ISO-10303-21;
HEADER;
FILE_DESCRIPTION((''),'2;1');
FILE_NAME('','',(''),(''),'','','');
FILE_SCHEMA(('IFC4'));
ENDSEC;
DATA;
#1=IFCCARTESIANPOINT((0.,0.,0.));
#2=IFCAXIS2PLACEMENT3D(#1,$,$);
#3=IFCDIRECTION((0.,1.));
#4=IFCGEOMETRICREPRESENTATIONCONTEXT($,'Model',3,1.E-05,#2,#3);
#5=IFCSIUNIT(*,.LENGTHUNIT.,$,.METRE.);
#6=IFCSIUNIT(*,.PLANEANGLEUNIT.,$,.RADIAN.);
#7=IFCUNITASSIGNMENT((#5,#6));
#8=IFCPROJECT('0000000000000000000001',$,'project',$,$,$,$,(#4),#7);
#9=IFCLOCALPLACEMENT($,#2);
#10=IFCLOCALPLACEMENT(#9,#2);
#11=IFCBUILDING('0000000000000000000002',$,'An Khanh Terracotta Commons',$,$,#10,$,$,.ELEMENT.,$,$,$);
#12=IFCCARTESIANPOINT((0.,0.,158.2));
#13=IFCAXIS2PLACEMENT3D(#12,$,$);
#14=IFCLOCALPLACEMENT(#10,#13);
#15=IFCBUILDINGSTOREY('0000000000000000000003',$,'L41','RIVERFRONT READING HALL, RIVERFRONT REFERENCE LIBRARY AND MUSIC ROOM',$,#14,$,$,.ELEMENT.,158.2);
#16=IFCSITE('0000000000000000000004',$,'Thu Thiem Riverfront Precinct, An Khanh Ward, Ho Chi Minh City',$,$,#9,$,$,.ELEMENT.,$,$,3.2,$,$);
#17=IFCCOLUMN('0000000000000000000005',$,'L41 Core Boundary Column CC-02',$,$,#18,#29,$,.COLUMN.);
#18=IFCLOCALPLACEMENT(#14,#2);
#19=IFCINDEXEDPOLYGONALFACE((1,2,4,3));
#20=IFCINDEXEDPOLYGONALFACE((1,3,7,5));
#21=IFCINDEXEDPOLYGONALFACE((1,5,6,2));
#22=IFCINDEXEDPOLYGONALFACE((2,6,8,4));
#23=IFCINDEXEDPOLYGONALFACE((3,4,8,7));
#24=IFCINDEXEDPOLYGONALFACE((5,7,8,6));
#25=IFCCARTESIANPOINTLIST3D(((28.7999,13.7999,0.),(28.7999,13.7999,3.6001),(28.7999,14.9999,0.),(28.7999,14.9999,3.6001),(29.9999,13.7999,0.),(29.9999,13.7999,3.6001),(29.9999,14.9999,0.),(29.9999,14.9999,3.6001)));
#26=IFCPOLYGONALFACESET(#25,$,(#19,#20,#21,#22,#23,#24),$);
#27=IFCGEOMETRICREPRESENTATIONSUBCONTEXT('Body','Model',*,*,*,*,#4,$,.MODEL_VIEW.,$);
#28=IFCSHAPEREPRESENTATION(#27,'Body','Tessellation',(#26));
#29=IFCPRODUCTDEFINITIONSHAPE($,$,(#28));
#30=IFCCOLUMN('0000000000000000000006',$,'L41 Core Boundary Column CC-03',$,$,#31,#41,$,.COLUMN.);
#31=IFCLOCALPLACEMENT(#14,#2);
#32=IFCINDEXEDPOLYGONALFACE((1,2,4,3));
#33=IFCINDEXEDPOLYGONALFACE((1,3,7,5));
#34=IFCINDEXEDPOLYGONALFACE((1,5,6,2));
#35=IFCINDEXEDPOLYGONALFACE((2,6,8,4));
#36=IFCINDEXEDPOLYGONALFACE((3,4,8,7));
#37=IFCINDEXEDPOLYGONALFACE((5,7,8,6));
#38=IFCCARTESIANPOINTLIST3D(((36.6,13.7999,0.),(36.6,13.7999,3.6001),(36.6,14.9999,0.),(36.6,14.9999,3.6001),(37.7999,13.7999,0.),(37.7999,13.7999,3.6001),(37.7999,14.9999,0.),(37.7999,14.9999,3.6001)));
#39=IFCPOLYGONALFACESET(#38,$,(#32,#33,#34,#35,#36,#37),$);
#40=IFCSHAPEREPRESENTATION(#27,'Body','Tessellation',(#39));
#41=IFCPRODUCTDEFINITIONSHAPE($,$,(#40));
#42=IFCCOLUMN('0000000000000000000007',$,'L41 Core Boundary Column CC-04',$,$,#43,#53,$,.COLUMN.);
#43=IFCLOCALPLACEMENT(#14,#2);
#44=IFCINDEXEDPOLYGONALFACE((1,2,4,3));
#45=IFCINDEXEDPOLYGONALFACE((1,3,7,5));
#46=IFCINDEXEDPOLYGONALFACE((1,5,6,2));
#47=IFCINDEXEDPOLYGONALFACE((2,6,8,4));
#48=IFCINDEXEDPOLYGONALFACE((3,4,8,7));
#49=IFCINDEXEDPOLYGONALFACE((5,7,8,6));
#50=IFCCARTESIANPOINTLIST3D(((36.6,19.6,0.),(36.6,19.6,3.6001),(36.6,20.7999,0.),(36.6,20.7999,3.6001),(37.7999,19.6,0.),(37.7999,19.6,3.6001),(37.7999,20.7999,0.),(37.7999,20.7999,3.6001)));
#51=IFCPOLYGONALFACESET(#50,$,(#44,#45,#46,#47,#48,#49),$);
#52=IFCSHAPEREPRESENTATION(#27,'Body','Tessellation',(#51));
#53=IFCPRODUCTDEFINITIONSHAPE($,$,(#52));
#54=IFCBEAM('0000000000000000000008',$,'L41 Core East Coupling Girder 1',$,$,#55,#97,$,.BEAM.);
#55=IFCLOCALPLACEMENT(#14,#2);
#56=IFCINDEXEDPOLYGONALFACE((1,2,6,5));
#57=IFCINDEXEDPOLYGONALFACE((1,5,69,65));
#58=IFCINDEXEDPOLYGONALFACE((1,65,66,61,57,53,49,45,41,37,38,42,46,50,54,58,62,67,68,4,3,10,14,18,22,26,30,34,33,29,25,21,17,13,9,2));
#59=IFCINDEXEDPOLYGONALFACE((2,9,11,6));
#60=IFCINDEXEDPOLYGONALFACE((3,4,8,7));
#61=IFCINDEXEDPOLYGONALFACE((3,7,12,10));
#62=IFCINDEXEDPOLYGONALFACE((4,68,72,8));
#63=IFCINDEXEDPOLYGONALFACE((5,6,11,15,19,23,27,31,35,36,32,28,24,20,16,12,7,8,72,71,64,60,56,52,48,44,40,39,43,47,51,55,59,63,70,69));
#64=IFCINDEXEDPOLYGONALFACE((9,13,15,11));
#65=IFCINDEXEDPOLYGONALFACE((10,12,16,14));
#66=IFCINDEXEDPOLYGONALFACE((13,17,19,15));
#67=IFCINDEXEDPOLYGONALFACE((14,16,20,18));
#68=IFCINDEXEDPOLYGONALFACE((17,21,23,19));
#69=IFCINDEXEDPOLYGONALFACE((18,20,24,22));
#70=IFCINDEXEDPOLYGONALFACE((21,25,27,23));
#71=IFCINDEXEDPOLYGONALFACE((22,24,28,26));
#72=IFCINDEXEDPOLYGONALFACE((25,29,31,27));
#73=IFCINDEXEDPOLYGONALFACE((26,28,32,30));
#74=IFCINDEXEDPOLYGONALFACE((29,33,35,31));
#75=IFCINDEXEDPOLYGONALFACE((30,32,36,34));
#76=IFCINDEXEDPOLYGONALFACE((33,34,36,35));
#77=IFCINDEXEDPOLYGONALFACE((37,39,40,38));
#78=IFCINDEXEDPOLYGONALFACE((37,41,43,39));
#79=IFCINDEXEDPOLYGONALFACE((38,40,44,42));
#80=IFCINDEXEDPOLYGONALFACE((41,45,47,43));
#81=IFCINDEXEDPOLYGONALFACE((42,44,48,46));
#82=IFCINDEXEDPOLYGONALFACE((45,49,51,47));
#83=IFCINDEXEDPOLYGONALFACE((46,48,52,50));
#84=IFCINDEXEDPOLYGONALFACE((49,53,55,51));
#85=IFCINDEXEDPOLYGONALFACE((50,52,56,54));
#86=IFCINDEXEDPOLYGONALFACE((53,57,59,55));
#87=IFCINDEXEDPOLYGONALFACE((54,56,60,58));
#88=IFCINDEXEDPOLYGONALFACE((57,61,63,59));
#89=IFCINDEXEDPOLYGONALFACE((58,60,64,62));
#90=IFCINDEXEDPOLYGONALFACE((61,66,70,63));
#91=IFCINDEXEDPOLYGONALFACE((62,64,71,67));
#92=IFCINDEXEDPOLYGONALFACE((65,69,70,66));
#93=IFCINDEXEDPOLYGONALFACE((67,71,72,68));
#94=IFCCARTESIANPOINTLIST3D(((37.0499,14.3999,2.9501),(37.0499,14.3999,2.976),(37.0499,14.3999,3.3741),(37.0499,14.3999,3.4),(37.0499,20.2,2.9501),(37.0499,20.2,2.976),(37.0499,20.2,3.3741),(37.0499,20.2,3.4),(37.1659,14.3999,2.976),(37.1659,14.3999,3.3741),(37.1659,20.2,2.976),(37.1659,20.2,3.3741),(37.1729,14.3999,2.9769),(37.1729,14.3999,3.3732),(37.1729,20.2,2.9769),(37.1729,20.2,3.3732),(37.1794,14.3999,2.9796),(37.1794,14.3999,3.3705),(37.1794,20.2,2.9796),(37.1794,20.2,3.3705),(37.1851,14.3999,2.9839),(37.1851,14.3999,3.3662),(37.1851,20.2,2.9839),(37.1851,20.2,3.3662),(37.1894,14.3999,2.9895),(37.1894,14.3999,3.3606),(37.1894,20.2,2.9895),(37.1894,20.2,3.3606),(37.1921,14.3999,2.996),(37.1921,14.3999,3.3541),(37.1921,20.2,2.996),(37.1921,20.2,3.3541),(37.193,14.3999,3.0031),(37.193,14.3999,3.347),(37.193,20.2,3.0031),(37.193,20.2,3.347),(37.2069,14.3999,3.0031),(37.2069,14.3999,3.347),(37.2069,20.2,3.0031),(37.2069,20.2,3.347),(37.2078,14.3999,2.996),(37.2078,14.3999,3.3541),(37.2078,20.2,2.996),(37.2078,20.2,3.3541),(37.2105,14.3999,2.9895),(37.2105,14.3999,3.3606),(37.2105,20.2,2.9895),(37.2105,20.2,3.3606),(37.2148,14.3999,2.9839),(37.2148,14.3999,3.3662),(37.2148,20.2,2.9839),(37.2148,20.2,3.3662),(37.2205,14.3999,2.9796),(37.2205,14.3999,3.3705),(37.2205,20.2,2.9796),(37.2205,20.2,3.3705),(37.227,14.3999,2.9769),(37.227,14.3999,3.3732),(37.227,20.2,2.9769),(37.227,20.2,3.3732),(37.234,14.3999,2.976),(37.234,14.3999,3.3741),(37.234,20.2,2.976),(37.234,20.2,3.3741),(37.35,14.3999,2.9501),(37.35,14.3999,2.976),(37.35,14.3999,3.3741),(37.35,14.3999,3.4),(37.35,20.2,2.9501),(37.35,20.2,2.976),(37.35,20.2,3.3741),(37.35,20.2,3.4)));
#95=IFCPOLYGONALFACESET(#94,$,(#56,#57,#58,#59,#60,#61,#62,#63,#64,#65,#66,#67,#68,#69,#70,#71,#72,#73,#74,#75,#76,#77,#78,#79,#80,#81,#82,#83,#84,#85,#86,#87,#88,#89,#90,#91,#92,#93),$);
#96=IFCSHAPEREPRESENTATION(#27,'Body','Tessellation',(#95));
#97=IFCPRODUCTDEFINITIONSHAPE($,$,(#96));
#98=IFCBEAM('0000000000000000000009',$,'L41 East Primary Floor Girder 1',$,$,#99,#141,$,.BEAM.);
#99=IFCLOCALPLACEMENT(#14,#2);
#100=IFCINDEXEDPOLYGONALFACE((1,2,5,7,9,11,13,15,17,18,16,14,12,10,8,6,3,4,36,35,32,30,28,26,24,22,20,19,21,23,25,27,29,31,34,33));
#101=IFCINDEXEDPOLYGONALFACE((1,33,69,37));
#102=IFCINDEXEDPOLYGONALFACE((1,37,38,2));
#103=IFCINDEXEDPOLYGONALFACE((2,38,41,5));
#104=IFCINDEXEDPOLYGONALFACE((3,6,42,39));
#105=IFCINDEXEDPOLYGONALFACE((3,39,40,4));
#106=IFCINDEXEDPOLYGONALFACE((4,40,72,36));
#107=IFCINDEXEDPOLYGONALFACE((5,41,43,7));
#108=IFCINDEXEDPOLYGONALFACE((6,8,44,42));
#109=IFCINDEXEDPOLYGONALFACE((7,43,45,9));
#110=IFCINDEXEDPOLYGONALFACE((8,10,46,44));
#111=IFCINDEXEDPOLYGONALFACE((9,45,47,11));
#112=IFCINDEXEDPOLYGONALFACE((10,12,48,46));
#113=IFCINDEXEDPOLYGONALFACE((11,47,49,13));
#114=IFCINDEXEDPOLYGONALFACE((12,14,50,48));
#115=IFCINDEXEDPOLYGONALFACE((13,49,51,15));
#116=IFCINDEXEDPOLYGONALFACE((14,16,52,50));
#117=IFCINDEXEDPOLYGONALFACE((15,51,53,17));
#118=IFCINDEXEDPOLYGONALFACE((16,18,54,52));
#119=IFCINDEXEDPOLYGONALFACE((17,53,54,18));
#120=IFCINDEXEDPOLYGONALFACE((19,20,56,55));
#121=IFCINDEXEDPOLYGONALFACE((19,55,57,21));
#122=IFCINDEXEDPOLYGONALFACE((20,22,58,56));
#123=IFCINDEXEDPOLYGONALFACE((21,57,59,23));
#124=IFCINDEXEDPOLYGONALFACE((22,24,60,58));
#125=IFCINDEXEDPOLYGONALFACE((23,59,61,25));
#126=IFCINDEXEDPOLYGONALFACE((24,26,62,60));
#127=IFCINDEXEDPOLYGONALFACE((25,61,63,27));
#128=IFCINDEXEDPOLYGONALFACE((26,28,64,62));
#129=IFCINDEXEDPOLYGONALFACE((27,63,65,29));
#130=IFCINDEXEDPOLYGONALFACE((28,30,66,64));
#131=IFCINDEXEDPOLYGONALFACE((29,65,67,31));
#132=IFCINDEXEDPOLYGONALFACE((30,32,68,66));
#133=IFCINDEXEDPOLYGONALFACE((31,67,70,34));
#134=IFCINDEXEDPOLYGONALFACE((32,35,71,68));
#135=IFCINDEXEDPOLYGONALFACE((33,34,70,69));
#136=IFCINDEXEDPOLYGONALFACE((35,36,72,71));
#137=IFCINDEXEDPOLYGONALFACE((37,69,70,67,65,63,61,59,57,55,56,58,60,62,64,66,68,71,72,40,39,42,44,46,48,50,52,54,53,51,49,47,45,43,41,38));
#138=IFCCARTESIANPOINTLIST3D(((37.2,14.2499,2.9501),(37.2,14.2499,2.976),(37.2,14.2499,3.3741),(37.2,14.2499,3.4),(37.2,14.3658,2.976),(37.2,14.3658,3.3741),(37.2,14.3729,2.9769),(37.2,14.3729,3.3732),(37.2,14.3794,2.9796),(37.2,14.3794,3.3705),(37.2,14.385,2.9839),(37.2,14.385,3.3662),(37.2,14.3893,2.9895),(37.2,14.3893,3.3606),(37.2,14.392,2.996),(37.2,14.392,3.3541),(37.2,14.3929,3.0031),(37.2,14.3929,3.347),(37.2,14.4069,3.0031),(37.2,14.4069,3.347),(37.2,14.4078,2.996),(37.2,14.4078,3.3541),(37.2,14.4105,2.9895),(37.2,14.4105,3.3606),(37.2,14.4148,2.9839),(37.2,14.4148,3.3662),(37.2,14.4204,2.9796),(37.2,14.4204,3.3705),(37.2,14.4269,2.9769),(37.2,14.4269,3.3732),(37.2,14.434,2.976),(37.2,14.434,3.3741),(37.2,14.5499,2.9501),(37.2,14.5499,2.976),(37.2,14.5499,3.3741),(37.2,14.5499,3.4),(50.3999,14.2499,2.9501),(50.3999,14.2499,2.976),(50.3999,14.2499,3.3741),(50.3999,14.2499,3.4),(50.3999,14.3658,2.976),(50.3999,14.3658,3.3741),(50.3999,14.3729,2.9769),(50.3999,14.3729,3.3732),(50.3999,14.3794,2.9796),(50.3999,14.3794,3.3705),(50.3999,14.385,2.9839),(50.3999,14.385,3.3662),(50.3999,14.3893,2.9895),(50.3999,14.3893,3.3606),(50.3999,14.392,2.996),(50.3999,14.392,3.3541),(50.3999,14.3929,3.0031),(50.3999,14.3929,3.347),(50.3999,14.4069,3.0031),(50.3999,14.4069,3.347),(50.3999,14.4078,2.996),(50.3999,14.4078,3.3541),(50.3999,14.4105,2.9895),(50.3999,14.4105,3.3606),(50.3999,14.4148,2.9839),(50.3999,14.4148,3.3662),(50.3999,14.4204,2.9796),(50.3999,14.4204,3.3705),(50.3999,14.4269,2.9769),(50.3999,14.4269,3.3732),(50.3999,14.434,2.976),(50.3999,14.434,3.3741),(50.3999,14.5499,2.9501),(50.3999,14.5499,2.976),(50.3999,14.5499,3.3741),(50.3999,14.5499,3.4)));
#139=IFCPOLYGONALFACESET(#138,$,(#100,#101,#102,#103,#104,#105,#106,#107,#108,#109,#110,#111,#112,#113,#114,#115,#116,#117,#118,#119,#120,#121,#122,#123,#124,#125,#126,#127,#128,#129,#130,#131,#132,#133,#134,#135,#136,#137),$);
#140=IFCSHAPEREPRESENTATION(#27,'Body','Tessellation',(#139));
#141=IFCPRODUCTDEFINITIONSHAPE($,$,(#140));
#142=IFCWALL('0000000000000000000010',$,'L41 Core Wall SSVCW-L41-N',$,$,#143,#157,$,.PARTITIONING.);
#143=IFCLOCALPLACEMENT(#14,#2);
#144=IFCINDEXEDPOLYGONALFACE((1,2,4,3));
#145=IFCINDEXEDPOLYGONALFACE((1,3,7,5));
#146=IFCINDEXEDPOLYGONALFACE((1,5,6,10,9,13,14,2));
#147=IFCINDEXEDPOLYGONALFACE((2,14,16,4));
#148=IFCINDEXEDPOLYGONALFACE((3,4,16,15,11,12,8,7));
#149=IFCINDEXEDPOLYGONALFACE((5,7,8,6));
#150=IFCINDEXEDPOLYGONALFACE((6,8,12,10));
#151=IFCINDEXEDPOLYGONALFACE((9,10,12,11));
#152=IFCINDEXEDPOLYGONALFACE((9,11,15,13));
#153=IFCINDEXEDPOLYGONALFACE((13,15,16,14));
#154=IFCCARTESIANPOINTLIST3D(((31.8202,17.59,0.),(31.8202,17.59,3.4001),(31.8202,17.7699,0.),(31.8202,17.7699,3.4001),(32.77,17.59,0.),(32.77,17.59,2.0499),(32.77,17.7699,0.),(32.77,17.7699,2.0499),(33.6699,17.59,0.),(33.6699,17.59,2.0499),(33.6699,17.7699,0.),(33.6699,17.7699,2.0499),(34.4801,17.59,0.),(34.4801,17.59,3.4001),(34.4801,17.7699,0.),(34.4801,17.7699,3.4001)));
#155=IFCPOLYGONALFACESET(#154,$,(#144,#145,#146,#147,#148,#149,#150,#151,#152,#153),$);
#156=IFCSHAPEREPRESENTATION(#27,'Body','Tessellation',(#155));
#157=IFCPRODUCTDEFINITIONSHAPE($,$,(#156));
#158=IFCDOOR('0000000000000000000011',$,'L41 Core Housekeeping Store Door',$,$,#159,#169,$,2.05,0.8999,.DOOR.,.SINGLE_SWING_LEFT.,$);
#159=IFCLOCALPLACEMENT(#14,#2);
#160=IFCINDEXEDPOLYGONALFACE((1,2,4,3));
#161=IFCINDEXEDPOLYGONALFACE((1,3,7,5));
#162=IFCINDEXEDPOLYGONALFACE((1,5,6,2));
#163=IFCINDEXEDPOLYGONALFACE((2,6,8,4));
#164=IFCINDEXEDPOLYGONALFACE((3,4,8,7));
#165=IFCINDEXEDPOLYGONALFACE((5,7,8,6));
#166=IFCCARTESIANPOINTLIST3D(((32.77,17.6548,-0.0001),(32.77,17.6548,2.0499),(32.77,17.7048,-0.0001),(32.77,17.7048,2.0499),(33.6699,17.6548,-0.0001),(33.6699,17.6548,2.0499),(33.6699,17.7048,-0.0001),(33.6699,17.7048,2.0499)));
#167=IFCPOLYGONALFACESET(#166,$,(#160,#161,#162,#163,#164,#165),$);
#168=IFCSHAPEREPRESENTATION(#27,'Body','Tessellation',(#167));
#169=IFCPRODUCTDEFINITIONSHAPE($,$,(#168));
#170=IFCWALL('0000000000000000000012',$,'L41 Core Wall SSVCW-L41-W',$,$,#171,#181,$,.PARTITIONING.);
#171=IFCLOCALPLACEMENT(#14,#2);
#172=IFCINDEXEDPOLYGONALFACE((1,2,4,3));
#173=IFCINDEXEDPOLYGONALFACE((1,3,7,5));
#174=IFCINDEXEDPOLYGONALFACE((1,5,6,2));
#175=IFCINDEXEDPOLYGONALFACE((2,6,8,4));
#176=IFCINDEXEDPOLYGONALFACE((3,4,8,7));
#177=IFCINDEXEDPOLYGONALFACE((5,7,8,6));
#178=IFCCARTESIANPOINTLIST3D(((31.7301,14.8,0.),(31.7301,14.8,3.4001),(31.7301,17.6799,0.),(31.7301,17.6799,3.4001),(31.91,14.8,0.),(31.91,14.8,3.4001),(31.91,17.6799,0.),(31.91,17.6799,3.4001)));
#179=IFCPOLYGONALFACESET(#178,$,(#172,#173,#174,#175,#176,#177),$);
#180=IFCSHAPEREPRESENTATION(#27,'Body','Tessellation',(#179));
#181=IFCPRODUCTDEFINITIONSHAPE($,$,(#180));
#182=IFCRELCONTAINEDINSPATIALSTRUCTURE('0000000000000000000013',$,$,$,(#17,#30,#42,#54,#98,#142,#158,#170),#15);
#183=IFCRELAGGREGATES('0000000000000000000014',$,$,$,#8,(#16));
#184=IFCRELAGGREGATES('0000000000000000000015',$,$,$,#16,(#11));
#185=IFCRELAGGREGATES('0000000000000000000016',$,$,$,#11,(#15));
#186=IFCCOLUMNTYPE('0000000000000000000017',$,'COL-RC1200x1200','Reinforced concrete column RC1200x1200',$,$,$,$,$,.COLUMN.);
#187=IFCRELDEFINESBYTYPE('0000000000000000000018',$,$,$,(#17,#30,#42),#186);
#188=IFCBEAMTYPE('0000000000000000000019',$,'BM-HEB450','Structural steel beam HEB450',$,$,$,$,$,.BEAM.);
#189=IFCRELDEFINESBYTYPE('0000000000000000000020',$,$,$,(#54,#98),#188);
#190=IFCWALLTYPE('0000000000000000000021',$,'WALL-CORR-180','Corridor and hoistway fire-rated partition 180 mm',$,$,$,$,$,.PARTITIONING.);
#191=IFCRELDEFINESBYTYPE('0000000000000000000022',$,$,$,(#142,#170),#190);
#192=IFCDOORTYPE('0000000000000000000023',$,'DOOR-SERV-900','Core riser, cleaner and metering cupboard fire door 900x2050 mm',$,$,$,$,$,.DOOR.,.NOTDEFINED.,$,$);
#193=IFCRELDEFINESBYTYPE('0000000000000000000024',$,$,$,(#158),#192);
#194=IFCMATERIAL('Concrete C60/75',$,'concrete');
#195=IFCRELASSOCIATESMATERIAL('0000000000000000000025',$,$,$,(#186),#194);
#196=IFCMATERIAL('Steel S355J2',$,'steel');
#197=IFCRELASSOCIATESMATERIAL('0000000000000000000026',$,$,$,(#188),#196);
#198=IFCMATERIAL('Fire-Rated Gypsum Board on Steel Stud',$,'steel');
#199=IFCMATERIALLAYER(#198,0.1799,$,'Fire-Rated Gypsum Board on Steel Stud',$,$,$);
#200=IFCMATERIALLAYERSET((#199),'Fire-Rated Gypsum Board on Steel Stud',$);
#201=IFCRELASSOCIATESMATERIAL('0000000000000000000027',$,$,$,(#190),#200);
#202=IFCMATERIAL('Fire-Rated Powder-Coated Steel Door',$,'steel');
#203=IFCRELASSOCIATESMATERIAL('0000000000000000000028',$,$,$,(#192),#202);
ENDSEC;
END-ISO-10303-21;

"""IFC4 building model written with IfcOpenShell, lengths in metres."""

from ifc_helpers import new_model, si_unit, direction, frame, frame_2d, origin, origin_2d, place, context, subcontext, project, spatial, rectangle, i_section, extrude, material, layer, layer_set, material_profile, profile_set, type_object, element, fill, save


model = new_model("IFC4")

# Units and contexts
model_context = context("Model", 3, precision=1e-05, world=origin(), true_north=direction((0.0, 1.0)))
body_context = subcontext(model_context, "Body", "Model", "MODEL_VIEW")
ifc_project = project(units=[si_unit("LENGTHUNIT", "METRE"), si_unit("PLANEANGLEUNIT", "RADIAN")], contexts=[model_context])

# Site, building, storey
site_placement = place(None, origin())
site = spatial("IfcSite", under=ifc_project, at=site_placement, Name="Thu Thiem Riverfront Precinct, An Khanh Ward, Ho Chi Minh City", CompositionType="ELEMENT", RefElevation=3.2)
building_placement = place(site_placement, origin())
building = spatial("IfcBuilding", under=site, at=building_placement, Name="An Khanh Terracotta Commons", CompositionType="ELEMENT")
storey_placement = place(building_placement, frame((0.0, 0.0, 158.2)))
storey = spatial("IfcBuildingStorey", under=building, at=storey_placement, Name="L41", Description="RIVERFRONT READING HALL, RIVERFRONT REFERENCE LIBRARY AND MUSIC ROOM", CompositionType="ELEMENT", Elevation=158.2)

# Columns
ifc_material_1 = material(Name="Concrete C60/75", Category="concrete")
ifc_material_profile_1 = material_profile(ifc_material_1, rectangle(XDim=1.2, YDim=1.2, at=origin_2d()), Name="RC1200x1200")
ifc_profile_set_1 = profile_set([ifc_material_profile_1], Name="Concrete C60/75")
column_type = type_object("IfcColumnType", Name="COL-RC1200x1200", Description="Reinforced concrete column RC1200x1200", PredefinedType="COLUMN", material=ifc_profile_set_1)
for number, where, z_axis, x_axis, name in (
    (1, (29.3999, 14.3999, 0.0), (0.0, 0.0, 1.0), (1.0, 0.0, 0.0), "L41 Core Boundary Column CC-02"),
    (2, (37.2, 14.3999, 0.0), (0.0, 0.0, 1.0), (1.0, 0.0, 0.0), "L41 Core Boundary Column CC-03"),
    (3, (37.2, 20.2, 0.0), (0.0, 0.0, 1.0), (1.0, 0.0, 0.0), "L41 Core Boundary Column CC-04"),
):
    element("IfcColumn", number, at=place(storey_placement, frame(where, z_axis=z_axis, x_axis=x_axis)), inside=storey, type_object=column_type, Name=name, PredefinedType="COLUMN", context=body_context, shape_type="SweptSolid", body=[
        extrude(rectangle(XDim=1.2, YDim=1.2, at=origin_2d()), origin(), (0.0, 0.0, 1.0), 3.6001),
    ])

# Beams
ifc_material_2 = material(Name="Steel S355J2", Category="steel")
ifc_material_profile_2 = material_profile(ifc_material_2, i_section(OverallWidth=0.3, OverallDepth=0.45, WebThickness=0.0139, FlangeThickness=0.0259, FilletRadius=0.0271, at=origin_2d()), Name="HEB450")
ifc_profile_set_2 = profile_set([ifc_material_profile_2], Name="Steel S355J2")
beam_type = type_object("IfcBeamType", Name="BM-HEB450", Description="Structural steel beam HEB450", PredefinedType="BEAM", material=ifc_profile_set_2)
beam_1_placement = place(storey_placement, frame((37.2, 14.3999, 3.175), z_axis=(0.0, 1.0, 0.0), x_axis=(-1.0, 0.0, 0.0)))
element("IfcBeam", 4, at=beam_1_placement, inside=storey, type_object=beam_type, Name="L41 Core East Coupling Girder 1", PredefinedType="BEAM", context=body_context, shape_type="SweptSolid", body=[
    extrude(i_section(OverallWidth=0.3, OverallDepth=0.45, WebThickness=0.0139, FlangeThickness=0.0259, FilletRadius=0.0271, at=origin_2d()), origin(), (0.0, 0.0, 1.0), 5.8),
])
beam_2_placement = place(storey_placement, frame((37.2, 14.3999, 3.175), z_axis=(1.0, 0.0, 0.0), x_axis=(0.0, 1.0, 0.0)))
element("IfcBeam", 5, at=beam_2_placement, inside=storey, type_object=beam_type, Name="L41 East Primary Floor Girder 1", PredefinedType="BEAM", context=body_context, shape_type="SweptSolid", body=[
    extrude(i_section(OverallWidth=0.3, OverallDepth=0.45, WebThickness=0.0139, FlangeThickness=0.0259, FilletRadius=0.0271, at=origin_2d()), origin(), (0.0, 0.0, 1.0), 13.2),
])

# Wall, opening, door
ifc_material_3 = material(Name="Fire-Rated Gypsum Board on Steel Stud", Category="steel")
ifc_layer_1 = layer(ifc_material_3, 0.1799, Name="Fire-Rated Gypsum Board on Steel Stud")
ifc_layer_set_1 = layer_set([ifc_layer_1], Name="Fire-Rated Gypsum Board on Steel Stud")
wall_type_1 = type_object("IfcWallType", Name="WALL-CORR-180", Description="Corridor and hoistway fire-rated partition 180 mm", PredefinedType="PARTITIONING", material=ifc_layer_set_1)
wall_1_placement = place(storey_placement, frame((31.8201, 17.6799, 0.0), z_axis=(0.0, 0.0, 1.0), x_axis=(1.0, 0.0, 0.0)))
wall_1 = element("IfcWall", 6, at=wall_1_placement, inside=storey, type_object=wall_type_1, Name="L41 Core Wall SSVCW-L41-N", PredefinedType="PARTITIONING", context=body_context, shape_type="SweptSolid", body=[
    extrude(rectangle(XDim=2.6599, YDim=0.1799, at=frame_2d((1.3301, 0.0))), origin(), (0.0, 0.0, 1.0), 3.4001),
])
opening_1_placement = place(wall_1_placement, frame((0.95, 0.0, 0.0)))
opening_1 = element("IfcOpeningElement", 7, at=opening_1_placement, cuts=wall_1, PredefinedType="OPENING", context=body_context, shape_type="SweptSolid", body=[
    extrude(rectangle(XDim=0.8999, YDim=2.05, at=frame_2d((0.45, 1.0249))), frame((0.0, 0.0999, 0.0), z_axis=(0.0, -1.0, 0.0), x_axis=(1.0, 0.0, 0.0)), (0.0, 0.0, 1.0), 0.2),
])
ifc_material_4 = material(Name="Fire-Rated Powder-Coated Steel Door", Category="steel")
door_type_1 = type_object("IfcDoorType", Name="DOOR-SERV-900", Description="Core riser, cleaner and metering cupboard fire door 900x2050 mm", OperationType="NOTDEFINED", PredefinedType="DOOR", material=ifc_material_4)
door_1_placement = place(opening_1_placement, origin())
door_1 = element("IfcDoor", 8, at=door_1_placement, inside=storey, type_object=door_type_1, Name="L41 Core Housekeeping Store Door", OperationType="SINGLE_SWING_LEFT", OverallHeight=2.05, OverallWidth=0.8999, PredefinedType="DOOR", context=body_context, shape_type="SweptSolid", body=[
    extrude(rectangle(XDim=0.8999, YDim=2.05, at=frame_2d((0.45, 1.0249))), frame((0.0, 0.0249, 0.0), z_axis=(0.0, -1.0, 0.0), x_axis=(1.0, 0.0, 0.0)), (0.0, 0.0, 1.0), 0.05),
])
fill(opening_1, door_1)

# Wall
wall_2_placement = place(storey_placement, frame((31.8201, 14.8, 0.0), z_axis=(0.0, 0.0, 1.0), x_axis=(0.0, 1.0, 0.0)))
element("IfcWall", 9, at=wall_2_placement, inside=storey, type_object=wall_type_1, Name="L41 Core Wall SSVCW-L41-W", PredefinedType="PARTITIONING", context=body_context, shape_type="SweptSolid", body=[
    extrude(rectangle(XDim=2.8799, YDim=0.1799, at=frame_2d((1.4399, 0.0))), origin(), (0.0, 0.0, 1.0), 3.4001),
])

save(model, "model.ifc")
